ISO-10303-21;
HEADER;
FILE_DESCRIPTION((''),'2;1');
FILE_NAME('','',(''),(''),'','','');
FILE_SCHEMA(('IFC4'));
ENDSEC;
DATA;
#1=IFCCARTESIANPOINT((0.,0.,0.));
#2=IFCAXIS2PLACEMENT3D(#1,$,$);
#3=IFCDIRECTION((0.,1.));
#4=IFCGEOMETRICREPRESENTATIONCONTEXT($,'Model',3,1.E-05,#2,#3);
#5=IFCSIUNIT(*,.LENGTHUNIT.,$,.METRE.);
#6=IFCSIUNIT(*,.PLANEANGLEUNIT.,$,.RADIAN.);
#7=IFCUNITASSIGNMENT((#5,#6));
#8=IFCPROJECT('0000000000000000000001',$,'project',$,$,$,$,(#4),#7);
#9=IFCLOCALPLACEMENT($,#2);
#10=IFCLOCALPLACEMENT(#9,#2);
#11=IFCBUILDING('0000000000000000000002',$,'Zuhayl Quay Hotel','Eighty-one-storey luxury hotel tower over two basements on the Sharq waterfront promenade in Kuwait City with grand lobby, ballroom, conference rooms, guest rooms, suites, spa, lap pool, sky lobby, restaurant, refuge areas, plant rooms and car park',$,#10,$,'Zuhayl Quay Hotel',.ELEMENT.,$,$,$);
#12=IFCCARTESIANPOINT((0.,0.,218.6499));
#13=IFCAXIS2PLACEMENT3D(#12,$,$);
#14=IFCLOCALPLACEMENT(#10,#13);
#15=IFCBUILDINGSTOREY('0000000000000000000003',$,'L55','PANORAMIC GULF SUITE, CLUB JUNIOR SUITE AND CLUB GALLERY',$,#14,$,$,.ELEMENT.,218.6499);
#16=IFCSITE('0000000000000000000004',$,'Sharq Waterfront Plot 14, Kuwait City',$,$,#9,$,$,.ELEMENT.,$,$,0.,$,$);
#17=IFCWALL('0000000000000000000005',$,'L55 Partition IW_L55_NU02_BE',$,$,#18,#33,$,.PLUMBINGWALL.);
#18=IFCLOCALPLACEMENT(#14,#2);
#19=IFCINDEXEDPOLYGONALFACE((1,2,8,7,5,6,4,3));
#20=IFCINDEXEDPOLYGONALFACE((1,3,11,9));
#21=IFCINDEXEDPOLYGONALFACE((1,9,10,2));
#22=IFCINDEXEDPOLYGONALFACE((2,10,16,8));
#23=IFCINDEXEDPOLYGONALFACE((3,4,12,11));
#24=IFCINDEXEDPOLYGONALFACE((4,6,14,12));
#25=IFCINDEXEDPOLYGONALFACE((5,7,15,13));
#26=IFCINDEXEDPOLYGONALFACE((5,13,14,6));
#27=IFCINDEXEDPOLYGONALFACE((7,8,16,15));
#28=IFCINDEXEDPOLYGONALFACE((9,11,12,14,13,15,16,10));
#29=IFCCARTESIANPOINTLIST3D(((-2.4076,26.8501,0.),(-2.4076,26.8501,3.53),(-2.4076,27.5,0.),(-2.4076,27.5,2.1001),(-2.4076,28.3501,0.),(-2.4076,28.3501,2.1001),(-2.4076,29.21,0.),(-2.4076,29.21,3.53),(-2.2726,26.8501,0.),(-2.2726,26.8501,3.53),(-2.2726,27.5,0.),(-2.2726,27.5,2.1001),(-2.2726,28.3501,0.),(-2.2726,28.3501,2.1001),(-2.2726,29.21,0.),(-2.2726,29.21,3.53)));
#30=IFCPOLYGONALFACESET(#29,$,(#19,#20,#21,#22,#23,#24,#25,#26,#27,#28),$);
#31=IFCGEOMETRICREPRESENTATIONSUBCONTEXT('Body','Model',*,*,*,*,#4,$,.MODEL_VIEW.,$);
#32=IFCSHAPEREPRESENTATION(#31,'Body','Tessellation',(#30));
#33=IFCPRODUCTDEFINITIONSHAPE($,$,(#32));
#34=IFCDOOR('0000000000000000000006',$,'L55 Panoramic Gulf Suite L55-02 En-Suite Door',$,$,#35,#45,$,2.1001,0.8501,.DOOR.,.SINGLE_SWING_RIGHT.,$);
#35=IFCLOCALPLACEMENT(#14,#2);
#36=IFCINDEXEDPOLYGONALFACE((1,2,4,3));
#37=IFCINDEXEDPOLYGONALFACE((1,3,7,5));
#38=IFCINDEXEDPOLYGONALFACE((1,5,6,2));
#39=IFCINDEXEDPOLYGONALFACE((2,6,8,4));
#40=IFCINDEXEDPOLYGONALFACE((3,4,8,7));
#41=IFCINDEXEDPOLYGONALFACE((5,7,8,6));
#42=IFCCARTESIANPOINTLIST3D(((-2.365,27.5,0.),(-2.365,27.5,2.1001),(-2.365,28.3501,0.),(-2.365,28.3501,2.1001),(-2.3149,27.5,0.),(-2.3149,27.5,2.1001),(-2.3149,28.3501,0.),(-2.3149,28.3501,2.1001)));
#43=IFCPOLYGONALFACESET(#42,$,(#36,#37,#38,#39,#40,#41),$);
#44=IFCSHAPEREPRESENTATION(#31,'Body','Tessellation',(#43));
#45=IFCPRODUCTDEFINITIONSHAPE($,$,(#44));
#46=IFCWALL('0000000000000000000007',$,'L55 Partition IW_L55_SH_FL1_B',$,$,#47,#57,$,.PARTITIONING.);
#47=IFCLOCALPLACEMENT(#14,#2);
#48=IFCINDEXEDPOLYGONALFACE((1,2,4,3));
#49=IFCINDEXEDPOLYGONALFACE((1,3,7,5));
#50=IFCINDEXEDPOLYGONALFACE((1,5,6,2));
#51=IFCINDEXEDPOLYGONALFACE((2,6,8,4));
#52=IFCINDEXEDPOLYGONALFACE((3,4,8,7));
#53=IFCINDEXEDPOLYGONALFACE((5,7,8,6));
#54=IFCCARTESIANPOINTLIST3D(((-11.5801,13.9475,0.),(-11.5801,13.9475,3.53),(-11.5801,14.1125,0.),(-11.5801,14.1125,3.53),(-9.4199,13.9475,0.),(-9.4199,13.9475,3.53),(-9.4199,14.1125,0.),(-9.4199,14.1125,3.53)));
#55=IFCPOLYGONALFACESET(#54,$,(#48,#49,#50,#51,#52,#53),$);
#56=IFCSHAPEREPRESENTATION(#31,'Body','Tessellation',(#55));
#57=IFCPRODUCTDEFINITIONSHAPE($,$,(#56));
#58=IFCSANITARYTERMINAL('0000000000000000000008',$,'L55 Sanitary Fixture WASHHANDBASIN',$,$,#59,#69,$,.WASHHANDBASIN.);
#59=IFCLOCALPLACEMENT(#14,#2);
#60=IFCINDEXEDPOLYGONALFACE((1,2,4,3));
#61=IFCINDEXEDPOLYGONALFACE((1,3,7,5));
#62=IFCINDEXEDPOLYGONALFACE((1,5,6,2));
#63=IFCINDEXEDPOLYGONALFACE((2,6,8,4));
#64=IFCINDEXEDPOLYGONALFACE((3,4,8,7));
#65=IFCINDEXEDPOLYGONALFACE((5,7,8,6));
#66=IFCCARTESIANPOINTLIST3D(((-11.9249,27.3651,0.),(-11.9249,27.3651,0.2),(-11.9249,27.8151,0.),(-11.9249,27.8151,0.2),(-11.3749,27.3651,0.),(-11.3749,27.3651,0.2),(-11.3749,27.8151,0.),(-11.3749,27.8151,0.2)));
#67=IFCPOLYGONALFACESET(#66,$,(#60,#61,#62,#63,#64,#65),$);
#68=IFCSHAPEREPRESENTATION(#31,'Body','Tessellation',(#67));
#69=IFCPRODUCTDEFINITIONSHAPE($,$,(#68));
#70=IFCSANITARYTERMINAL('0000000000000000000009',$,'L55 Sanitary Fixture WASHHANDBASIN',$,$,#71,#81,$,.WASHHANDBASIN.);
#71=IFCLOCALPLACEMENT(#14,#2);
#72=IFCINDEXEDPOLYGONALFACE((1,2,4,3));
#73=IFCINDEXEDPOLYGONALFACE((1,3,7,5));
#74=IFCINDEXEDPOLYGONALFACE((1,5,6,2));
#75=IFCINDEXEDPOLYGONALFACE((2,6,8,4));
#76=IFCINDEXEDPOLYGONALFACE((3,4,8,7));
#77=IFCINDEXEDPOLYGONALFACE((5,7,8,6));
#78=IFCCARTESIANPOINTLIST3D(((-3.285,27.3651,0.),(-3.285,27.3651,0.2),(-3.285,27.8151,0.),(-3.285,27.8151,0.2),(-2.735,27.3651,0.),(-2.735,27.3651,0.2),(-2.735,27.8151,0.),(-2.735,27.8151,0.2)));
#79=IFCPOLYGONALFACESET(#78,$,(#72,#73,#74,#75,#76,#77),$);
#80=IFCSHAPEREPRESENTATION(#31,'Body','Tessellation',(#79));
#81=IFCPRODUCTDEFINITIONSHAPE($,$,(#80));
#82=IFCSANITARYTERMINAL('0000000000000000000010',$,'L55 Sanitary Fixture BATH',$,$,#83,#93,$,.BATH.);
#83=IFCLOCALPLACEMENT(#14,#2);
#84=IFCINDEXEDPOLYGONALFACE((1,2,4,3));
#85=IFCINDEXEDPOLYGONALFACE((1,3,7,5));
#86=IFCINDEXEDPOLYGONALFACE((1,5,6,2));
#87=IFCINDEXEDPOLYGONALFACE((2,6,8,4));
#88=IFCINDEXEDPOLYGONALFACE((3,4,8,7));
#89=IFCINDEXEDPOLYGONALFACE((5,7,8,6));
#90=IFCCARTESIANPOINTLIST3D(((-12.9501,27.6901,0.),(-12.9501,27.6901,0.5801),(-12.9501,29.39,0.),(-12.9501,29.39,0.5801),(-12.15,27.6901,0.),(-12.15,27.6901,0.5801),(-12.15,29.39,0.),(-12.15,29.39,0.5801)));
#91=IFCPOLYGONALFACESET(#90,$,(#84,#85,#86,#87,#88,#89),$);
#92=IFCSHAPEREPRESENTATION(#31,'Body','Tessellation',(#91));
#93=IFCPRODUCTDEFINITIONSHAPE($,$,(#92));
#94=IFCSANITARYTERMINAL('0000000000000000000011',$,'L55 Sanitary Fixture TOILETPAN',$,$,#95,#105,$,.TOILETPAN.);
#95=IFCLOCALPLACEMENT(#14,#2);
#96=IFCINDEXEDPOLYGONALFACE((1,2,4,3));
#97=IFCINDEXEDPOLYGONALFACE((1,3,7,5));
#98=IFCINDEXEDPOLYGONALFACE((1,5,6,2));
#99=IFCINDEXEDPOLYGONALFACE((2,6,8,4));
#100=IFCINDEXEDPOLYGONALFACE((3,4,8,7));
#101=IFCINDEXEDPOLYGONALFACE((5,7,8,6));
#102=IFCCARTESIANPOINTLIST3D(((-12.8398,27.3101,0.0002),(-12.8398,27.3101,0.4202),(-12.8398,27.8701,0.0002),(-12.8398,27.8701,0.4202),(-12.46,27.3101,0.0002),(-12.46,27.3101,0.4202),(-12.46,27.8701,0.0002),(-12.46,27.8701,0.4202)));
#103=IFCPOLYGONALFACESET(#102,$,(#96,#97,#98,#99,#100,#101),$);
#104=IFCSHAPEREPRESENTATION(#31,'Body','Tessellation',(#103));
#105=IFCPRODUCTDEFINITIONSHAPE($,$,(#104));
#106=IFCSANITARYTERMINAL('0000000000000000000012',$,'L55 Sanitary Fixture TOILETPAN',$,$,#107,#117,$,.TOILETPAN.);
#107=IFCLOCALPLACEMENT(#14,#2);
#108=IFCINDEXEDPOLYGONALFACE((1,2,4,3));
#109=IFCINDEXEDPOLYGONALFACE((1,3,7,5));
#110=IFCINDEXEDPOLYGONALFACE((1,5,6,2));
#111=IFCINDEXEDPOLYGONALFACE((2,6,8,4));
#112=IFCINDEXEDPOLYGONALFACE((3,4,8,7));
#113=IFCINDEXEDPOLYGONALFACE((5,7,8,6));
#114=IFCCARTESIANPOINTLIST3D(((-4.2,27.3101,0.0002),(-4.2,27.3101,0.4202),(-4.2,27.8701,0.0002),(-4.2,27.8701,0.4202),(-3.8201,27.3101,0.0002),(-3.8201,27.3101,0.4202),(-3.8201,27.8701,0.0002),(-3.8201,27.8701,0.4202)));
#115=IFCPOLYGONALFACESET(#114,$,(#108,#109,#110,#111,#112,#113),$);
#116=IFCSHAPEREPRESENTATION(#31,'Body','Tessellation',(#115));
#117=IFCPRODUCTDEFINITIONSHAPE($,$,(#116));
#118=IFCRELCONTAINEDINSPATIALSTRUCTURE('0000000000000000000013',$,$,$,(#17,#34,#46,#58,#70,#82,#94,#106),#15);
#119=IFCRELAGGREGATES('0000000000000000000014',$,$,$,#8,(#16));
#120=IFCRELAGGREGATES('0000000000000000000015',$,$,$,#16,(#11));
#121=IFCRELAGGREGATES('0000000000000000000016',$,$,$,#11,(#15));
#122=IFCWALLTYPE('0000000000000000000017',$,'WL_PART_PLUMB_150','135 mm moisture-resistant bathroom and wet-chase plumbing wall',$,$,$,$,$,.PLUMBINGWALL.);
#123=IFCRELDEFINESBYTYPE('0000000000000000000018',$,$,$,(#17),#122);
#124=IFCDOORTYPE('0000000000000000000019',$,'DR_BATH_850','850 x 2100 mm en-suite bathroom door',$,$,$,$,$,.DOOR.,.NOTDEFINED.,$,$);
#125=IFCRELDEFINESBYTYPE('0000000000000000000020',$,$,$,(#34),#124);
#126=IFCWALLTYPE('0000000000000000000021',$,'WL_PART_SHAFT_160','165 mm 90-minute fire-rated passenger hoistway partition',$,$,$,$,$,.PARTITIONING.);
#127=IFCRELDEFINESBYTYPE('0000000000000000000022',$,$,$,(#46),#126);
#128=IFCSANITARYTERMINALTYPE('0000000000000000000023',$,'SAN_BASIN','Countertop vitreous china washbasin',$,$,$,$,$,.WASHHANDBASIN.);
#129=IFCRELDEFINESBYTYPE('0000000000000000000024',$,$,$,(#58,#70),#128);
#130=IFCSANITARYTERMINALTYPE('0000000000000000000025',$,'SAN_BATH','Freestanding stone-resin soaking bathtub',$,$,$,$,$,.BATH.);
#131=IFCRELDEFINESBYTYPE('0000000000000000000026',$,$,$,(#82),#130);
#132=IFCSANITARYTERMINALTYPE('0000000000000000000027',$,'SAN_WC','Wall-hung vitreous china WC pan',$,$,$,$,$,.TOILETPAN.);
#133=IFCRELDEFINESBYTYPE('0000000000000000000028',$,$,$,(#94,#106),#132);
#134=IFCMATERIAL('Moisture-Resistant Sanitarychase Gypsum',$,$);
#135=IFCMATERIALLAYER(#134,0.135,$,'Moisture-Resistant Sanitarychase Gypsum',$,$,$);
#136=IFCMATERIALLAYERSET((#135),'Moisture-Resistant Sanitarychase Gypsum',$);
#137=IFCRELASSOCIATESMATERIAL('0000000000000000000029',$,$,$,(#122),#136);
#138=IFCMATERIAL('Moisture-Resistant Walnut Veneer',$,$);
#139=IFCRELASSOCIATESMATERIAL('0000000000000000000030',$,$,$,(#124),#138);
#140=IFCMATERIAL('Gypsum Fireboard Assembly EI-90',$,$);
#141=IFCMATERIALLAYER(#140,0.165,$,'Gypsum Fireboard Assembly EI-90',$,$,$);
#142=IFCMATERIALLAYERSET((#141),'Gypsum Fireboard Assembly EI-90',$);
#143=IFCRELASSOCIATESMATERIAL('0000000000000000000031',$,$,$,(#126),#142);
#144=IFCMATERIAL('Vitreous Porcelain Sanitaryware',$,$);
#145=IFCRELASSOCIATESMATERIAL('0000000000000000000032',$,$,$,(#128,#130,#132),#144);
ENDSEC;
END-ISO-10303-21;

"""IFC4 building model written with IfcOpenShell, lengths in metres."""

from ifc_helpers import new_model, si_unit, direction, frame, frame_2d, origin, origin_2d, place, context, subcontext, project, spatial, rectangle, extrude, material, layer, layer_set, type_object, element, fill, save


model = new_model("IFC4")

# Units and contexts
model_context = context("Model", 3, precision=1e-05, world=origin(), true_north=direction((0.0, 1.0)))
body_context = subcontext(model_context, "Body", "Model", "MODEL_VIEW")
ifc_project = project(units=[si_unit("LENGTHUNIT", "METRE"), si_unit("PLANEANGLEUNIT", "RADIAN")], contexts=[model_context])

# Site, building, storey
site_placement = place(None, origin())
site = spatial("IfcSite", under=ifc_project, at=site_placement, Name="Sharq Waterfront Plot 14, Kuwait City", CompositionType="ELEMENT", RefElevation=0.0)
building_placement = place(site_placement, origin())
building = spatial("IfcBuilding", under=site, at=building_placement, Name="Zuhayl Quay Hotel", Description="Eighty-one-storey luxury hotel tower over two basements on the Sharq waterfront promenade in Kuwait City with grand lobby, ballroom, conference rooms, guest rooms, suites, spa, lap pool, sky lobby, restaurant, refuge areas, plant rooms and car park", LongName="Zuhayl Quay Hotel", CompositionType="ELEMENT")
storey_placement = place(building_placement, frame((0.0, 0.0, 218.6499)))
storey = spatial("IfcBuildingStorey", under=building, at=storey_placement, Name="L55", Description="PANORAMIC GULF SUITE, CLUB JUNIOR SUITE AND CLUB GALLERY", CompositionType="ELEMENT", Elevation=218.6499)

# Wall, opening, door
ifc_material_1 = material(Name="Moisture-Resistant Sanitarychase Gypsum")
ifc_layer_1 = layer(ifc_material_1, 0.135, Name="Moisture-Resistant Sanitarychase Gypsum")
ifc_layer_set_1 = layer_set([ifc_layer_1], Name="Moisture-Resistant Sanitarychase Gypsum")
wall_type_1 = type_object("IfcWallType", Name="WL_PART_PLUMB_150", Description="135 mm moisture-resistant bathroom and wet-chase plumbing wall", PredefinedType="PLUMBINGWALL", material=ifc_layer_set_1)
ifc_material_2 = material(Name="Moisture-Resistant Walnut Veneer")
door_type_1 = type_object("IfcDoorType", Name="DR_BATH_850", Description="850 x 2100 mm en-suite bathroom door", OperationType="NOTDEFINED", PredefinedType="DOOR", material=ifc_material_2)
wall_1_placement = place(storey_placement, frame((-2.3401, 26.8501, 0.0), z_axis=(0.0, 0.0, 1.0), x_axis=(0.0, 1.0, 0.0)))
wall_1 = element("IfcWall", 1, at=wall_1_placement, inside=storey, type_object=wall_type_1, Name="L55 Partition IW_L55_NU02_BE", PredefinedType="PLUMBINGWALL", context=body_context, shape_type="SweptSolid", body=[
    extrude(rectangle(XDim=2.3599, YDim=0.135, at=frame_2d((1.1799, 0.0))), origin(), (0.0, 0.0, 1.0), 3.53),
])
opening_1_placement = place(wall_1_placement, frame((0.6499, 0.0, 0.0)))
opening_1 = element("IfcOpeningElement", 2, at=opening_1_placement, cuts=wall_1, PredefinedType="OPENING", context=body_context, shape_type="SweptSolid", body=[
    extrude(rectangle(XDim=0.8501, YDim=2.1001, at=frame_2d((0.425, 1.05))), frame((0.0, 0.0774, 0.0), z_axis=(0.0, -1.0, 0.0), x_axis=(1.0, 0.0, 0.0)), (0.0, 0.0, 1.0), 0.155),
])
door_1_placement = place(opening_1_placement, origin())
door_1 = element("IfcDoor", 3, at=door_1_placement, inside=storey, type_object=door_type_1, Name="L55 Panoramic Gulf Suite L55-02 En-Suite Door", OperationType="SINGLE_SWING_RIGHT", OverallHeight=2.1001, OverallWidth=0.8501, PredefinedType="DOOR", context=body_context, shape_type="SweptSolid", body=[
    extrude(rectangle(XDim=0.8501, YDim=2.1001, at=frame_2d((0.425, 1.05))), frame((0.0, 0.0249, 0.0), z_axis=(0.0, -1.0, 0.0), x_axis=(1.0, 0.0, 0.0)), (0.0, 0.0, 1.0), 0.05),
])
fill(opening_1, door_1)

# Wall
ifc_material_3 = material(Name="Gypsum Fireboard Assembly EI-90")
ifc_layer_2 = layer(ifc_material_3, 0.165, Name="Gypsum Fireboard Assembly EI-90")
ifc_layer_set_2 = layer_set([ifc_layer_2], Name="Gypsum Fireboard Assembly EI-90")
wall_type_2 = type_object("IfcWallType", Name="WL_PART_SHAFT_160", Description="165 mm 90-minute fire-rated passenger hoistway partition", PredefinedType="PARTITIONING", material=ifc_layer_set_2)
wall_2_placement = place(storey_placement, frame((-11.5801, 14.03, 0.0), z_axis=(0.0, 0.0, 1.0), x_axis=(1.0, 0.0, 0.0)))
element("IfcWall", 4, at=wall_2_placement, inside=storey, type_object=wall_type_2, Name="L55 Partition IW_L55_SH_FL1_B", PredefinedType="PARTITIONING", context=body_context, shape_type="SweptSolid", body=[
    extrude(rectangle(XDim=2.1602, YDim=0.165, at=frame_2d((1.0801, 0.0))), origin(), (0.0, 0.0, 1.0), 3.53),
])

# Sanitary terminals
ifc_material_4 = material(Name="Vitreous Porcelain Sanitaryware")
sanitary_terminal_type_1 = type_object("IfcSanitaryTerminalType", Name="SAN_BASIN", Description="Countertop vitreous china washbasin", PredefinedType="WASHHANDBASIN", material=ifc_material_4)
for number, where, z_axis, x_axis, name in (
    (5, (-11.6499, 27.5901, 0.0), (0.0, 0.0, 1.0), (1.0, 0.0, 0.0), "L55 Sanitary Fixture WASHHANDBASIN"),
    (6, (-3.01, 27.5901, 0.0), (0.0, 0.0, 1.0), (1.0, 0.0, 0.0), "L55 Sanitary Fixture WASHHANDBASIN"),
):
    element("IfcSanitaryTerminal", number, at=place(storey_placement, frame(where, z_axis=z_axis, x_axis=x_axis)), inside=storey, type_object=sanitary_terminal_type_1, Name=name, PredefinedType="WASHHANDBASIN", context=body_context, shape_type="SweptSolid", body=[
        extrude(rectangle(XDim=0.55, YDim=0.45, at=origin_2d()), origin(), (0.0, 0.0, 1.0), 0.2),
    ])
sanitary_terminal_type_2 = type_object("IfcSanitaryTerminalType", Name="SAN_BATH", Description="Freestanding stone-resin soaking bathtub", PredefinedType="BATH", material=ifc_material_4)
sanitary_terminal_placement = place(storey_placement, frame((-12.55, 28.54, 0.0), z_axis=(0.0, 0.0, 1.0), x_axis=(1.0, 0.0, 0.0)))
element("IfcSanitaryTerminal", 7, at=sanitary_terminal_placement, inside=storey, type_object=sanitary_terminal_type_2, Name="L55 Sanitary Fixture BATH", PredefinedType="BATH", context=body_context, shape_type="SweptSolid", body=[
    extrude(rectangle(XDim=0.8, YDim=1.7, at=origin_2d()), origin(), (0.0, 0.0, 1.0), 0.5801),
])
sanitary_terminal_type_3 = type_object("IfcSanitaryTerminalType", Name="SAN_WC", Description="Wall-hung vitreous china WC pan", PredefinedType="TOILETPAN", material=ifc_material_4)
for number, where, z_axis, x_axis, name in (
    (8, (-12.6499, 27.5901, 0.0002), (0.0, 0.0, 1.0), (1.0, 0.0, 0.0), "L55 Sanitary Fixture TOILETPAN"),
    (9, (-4.01, 27.5901, 0.0002), (0.0, 0.0, 1.0), (1.0, 0.0, 0.0), "L55 Sanitary Fixture TOILETPAN"),
):
    element("IfcSanitaryTerminal", number, at=place(storey_placement, frame(where, z_axis=z_axis, x_axis=x_axis)), inside=storey, type_object=sanitary_terminal_type_3, Name=name, PredefinedType="TOILETPAN", context=body_context, shape_type="SweptSolid", body=[
        extrude(rectangle(XDim=0.3799, YDim=0.5601, at=origin_2d()), origin(), (0.0, 0.0, 1.0), 0.4199),
    ])

save(model, "model.ifc")
